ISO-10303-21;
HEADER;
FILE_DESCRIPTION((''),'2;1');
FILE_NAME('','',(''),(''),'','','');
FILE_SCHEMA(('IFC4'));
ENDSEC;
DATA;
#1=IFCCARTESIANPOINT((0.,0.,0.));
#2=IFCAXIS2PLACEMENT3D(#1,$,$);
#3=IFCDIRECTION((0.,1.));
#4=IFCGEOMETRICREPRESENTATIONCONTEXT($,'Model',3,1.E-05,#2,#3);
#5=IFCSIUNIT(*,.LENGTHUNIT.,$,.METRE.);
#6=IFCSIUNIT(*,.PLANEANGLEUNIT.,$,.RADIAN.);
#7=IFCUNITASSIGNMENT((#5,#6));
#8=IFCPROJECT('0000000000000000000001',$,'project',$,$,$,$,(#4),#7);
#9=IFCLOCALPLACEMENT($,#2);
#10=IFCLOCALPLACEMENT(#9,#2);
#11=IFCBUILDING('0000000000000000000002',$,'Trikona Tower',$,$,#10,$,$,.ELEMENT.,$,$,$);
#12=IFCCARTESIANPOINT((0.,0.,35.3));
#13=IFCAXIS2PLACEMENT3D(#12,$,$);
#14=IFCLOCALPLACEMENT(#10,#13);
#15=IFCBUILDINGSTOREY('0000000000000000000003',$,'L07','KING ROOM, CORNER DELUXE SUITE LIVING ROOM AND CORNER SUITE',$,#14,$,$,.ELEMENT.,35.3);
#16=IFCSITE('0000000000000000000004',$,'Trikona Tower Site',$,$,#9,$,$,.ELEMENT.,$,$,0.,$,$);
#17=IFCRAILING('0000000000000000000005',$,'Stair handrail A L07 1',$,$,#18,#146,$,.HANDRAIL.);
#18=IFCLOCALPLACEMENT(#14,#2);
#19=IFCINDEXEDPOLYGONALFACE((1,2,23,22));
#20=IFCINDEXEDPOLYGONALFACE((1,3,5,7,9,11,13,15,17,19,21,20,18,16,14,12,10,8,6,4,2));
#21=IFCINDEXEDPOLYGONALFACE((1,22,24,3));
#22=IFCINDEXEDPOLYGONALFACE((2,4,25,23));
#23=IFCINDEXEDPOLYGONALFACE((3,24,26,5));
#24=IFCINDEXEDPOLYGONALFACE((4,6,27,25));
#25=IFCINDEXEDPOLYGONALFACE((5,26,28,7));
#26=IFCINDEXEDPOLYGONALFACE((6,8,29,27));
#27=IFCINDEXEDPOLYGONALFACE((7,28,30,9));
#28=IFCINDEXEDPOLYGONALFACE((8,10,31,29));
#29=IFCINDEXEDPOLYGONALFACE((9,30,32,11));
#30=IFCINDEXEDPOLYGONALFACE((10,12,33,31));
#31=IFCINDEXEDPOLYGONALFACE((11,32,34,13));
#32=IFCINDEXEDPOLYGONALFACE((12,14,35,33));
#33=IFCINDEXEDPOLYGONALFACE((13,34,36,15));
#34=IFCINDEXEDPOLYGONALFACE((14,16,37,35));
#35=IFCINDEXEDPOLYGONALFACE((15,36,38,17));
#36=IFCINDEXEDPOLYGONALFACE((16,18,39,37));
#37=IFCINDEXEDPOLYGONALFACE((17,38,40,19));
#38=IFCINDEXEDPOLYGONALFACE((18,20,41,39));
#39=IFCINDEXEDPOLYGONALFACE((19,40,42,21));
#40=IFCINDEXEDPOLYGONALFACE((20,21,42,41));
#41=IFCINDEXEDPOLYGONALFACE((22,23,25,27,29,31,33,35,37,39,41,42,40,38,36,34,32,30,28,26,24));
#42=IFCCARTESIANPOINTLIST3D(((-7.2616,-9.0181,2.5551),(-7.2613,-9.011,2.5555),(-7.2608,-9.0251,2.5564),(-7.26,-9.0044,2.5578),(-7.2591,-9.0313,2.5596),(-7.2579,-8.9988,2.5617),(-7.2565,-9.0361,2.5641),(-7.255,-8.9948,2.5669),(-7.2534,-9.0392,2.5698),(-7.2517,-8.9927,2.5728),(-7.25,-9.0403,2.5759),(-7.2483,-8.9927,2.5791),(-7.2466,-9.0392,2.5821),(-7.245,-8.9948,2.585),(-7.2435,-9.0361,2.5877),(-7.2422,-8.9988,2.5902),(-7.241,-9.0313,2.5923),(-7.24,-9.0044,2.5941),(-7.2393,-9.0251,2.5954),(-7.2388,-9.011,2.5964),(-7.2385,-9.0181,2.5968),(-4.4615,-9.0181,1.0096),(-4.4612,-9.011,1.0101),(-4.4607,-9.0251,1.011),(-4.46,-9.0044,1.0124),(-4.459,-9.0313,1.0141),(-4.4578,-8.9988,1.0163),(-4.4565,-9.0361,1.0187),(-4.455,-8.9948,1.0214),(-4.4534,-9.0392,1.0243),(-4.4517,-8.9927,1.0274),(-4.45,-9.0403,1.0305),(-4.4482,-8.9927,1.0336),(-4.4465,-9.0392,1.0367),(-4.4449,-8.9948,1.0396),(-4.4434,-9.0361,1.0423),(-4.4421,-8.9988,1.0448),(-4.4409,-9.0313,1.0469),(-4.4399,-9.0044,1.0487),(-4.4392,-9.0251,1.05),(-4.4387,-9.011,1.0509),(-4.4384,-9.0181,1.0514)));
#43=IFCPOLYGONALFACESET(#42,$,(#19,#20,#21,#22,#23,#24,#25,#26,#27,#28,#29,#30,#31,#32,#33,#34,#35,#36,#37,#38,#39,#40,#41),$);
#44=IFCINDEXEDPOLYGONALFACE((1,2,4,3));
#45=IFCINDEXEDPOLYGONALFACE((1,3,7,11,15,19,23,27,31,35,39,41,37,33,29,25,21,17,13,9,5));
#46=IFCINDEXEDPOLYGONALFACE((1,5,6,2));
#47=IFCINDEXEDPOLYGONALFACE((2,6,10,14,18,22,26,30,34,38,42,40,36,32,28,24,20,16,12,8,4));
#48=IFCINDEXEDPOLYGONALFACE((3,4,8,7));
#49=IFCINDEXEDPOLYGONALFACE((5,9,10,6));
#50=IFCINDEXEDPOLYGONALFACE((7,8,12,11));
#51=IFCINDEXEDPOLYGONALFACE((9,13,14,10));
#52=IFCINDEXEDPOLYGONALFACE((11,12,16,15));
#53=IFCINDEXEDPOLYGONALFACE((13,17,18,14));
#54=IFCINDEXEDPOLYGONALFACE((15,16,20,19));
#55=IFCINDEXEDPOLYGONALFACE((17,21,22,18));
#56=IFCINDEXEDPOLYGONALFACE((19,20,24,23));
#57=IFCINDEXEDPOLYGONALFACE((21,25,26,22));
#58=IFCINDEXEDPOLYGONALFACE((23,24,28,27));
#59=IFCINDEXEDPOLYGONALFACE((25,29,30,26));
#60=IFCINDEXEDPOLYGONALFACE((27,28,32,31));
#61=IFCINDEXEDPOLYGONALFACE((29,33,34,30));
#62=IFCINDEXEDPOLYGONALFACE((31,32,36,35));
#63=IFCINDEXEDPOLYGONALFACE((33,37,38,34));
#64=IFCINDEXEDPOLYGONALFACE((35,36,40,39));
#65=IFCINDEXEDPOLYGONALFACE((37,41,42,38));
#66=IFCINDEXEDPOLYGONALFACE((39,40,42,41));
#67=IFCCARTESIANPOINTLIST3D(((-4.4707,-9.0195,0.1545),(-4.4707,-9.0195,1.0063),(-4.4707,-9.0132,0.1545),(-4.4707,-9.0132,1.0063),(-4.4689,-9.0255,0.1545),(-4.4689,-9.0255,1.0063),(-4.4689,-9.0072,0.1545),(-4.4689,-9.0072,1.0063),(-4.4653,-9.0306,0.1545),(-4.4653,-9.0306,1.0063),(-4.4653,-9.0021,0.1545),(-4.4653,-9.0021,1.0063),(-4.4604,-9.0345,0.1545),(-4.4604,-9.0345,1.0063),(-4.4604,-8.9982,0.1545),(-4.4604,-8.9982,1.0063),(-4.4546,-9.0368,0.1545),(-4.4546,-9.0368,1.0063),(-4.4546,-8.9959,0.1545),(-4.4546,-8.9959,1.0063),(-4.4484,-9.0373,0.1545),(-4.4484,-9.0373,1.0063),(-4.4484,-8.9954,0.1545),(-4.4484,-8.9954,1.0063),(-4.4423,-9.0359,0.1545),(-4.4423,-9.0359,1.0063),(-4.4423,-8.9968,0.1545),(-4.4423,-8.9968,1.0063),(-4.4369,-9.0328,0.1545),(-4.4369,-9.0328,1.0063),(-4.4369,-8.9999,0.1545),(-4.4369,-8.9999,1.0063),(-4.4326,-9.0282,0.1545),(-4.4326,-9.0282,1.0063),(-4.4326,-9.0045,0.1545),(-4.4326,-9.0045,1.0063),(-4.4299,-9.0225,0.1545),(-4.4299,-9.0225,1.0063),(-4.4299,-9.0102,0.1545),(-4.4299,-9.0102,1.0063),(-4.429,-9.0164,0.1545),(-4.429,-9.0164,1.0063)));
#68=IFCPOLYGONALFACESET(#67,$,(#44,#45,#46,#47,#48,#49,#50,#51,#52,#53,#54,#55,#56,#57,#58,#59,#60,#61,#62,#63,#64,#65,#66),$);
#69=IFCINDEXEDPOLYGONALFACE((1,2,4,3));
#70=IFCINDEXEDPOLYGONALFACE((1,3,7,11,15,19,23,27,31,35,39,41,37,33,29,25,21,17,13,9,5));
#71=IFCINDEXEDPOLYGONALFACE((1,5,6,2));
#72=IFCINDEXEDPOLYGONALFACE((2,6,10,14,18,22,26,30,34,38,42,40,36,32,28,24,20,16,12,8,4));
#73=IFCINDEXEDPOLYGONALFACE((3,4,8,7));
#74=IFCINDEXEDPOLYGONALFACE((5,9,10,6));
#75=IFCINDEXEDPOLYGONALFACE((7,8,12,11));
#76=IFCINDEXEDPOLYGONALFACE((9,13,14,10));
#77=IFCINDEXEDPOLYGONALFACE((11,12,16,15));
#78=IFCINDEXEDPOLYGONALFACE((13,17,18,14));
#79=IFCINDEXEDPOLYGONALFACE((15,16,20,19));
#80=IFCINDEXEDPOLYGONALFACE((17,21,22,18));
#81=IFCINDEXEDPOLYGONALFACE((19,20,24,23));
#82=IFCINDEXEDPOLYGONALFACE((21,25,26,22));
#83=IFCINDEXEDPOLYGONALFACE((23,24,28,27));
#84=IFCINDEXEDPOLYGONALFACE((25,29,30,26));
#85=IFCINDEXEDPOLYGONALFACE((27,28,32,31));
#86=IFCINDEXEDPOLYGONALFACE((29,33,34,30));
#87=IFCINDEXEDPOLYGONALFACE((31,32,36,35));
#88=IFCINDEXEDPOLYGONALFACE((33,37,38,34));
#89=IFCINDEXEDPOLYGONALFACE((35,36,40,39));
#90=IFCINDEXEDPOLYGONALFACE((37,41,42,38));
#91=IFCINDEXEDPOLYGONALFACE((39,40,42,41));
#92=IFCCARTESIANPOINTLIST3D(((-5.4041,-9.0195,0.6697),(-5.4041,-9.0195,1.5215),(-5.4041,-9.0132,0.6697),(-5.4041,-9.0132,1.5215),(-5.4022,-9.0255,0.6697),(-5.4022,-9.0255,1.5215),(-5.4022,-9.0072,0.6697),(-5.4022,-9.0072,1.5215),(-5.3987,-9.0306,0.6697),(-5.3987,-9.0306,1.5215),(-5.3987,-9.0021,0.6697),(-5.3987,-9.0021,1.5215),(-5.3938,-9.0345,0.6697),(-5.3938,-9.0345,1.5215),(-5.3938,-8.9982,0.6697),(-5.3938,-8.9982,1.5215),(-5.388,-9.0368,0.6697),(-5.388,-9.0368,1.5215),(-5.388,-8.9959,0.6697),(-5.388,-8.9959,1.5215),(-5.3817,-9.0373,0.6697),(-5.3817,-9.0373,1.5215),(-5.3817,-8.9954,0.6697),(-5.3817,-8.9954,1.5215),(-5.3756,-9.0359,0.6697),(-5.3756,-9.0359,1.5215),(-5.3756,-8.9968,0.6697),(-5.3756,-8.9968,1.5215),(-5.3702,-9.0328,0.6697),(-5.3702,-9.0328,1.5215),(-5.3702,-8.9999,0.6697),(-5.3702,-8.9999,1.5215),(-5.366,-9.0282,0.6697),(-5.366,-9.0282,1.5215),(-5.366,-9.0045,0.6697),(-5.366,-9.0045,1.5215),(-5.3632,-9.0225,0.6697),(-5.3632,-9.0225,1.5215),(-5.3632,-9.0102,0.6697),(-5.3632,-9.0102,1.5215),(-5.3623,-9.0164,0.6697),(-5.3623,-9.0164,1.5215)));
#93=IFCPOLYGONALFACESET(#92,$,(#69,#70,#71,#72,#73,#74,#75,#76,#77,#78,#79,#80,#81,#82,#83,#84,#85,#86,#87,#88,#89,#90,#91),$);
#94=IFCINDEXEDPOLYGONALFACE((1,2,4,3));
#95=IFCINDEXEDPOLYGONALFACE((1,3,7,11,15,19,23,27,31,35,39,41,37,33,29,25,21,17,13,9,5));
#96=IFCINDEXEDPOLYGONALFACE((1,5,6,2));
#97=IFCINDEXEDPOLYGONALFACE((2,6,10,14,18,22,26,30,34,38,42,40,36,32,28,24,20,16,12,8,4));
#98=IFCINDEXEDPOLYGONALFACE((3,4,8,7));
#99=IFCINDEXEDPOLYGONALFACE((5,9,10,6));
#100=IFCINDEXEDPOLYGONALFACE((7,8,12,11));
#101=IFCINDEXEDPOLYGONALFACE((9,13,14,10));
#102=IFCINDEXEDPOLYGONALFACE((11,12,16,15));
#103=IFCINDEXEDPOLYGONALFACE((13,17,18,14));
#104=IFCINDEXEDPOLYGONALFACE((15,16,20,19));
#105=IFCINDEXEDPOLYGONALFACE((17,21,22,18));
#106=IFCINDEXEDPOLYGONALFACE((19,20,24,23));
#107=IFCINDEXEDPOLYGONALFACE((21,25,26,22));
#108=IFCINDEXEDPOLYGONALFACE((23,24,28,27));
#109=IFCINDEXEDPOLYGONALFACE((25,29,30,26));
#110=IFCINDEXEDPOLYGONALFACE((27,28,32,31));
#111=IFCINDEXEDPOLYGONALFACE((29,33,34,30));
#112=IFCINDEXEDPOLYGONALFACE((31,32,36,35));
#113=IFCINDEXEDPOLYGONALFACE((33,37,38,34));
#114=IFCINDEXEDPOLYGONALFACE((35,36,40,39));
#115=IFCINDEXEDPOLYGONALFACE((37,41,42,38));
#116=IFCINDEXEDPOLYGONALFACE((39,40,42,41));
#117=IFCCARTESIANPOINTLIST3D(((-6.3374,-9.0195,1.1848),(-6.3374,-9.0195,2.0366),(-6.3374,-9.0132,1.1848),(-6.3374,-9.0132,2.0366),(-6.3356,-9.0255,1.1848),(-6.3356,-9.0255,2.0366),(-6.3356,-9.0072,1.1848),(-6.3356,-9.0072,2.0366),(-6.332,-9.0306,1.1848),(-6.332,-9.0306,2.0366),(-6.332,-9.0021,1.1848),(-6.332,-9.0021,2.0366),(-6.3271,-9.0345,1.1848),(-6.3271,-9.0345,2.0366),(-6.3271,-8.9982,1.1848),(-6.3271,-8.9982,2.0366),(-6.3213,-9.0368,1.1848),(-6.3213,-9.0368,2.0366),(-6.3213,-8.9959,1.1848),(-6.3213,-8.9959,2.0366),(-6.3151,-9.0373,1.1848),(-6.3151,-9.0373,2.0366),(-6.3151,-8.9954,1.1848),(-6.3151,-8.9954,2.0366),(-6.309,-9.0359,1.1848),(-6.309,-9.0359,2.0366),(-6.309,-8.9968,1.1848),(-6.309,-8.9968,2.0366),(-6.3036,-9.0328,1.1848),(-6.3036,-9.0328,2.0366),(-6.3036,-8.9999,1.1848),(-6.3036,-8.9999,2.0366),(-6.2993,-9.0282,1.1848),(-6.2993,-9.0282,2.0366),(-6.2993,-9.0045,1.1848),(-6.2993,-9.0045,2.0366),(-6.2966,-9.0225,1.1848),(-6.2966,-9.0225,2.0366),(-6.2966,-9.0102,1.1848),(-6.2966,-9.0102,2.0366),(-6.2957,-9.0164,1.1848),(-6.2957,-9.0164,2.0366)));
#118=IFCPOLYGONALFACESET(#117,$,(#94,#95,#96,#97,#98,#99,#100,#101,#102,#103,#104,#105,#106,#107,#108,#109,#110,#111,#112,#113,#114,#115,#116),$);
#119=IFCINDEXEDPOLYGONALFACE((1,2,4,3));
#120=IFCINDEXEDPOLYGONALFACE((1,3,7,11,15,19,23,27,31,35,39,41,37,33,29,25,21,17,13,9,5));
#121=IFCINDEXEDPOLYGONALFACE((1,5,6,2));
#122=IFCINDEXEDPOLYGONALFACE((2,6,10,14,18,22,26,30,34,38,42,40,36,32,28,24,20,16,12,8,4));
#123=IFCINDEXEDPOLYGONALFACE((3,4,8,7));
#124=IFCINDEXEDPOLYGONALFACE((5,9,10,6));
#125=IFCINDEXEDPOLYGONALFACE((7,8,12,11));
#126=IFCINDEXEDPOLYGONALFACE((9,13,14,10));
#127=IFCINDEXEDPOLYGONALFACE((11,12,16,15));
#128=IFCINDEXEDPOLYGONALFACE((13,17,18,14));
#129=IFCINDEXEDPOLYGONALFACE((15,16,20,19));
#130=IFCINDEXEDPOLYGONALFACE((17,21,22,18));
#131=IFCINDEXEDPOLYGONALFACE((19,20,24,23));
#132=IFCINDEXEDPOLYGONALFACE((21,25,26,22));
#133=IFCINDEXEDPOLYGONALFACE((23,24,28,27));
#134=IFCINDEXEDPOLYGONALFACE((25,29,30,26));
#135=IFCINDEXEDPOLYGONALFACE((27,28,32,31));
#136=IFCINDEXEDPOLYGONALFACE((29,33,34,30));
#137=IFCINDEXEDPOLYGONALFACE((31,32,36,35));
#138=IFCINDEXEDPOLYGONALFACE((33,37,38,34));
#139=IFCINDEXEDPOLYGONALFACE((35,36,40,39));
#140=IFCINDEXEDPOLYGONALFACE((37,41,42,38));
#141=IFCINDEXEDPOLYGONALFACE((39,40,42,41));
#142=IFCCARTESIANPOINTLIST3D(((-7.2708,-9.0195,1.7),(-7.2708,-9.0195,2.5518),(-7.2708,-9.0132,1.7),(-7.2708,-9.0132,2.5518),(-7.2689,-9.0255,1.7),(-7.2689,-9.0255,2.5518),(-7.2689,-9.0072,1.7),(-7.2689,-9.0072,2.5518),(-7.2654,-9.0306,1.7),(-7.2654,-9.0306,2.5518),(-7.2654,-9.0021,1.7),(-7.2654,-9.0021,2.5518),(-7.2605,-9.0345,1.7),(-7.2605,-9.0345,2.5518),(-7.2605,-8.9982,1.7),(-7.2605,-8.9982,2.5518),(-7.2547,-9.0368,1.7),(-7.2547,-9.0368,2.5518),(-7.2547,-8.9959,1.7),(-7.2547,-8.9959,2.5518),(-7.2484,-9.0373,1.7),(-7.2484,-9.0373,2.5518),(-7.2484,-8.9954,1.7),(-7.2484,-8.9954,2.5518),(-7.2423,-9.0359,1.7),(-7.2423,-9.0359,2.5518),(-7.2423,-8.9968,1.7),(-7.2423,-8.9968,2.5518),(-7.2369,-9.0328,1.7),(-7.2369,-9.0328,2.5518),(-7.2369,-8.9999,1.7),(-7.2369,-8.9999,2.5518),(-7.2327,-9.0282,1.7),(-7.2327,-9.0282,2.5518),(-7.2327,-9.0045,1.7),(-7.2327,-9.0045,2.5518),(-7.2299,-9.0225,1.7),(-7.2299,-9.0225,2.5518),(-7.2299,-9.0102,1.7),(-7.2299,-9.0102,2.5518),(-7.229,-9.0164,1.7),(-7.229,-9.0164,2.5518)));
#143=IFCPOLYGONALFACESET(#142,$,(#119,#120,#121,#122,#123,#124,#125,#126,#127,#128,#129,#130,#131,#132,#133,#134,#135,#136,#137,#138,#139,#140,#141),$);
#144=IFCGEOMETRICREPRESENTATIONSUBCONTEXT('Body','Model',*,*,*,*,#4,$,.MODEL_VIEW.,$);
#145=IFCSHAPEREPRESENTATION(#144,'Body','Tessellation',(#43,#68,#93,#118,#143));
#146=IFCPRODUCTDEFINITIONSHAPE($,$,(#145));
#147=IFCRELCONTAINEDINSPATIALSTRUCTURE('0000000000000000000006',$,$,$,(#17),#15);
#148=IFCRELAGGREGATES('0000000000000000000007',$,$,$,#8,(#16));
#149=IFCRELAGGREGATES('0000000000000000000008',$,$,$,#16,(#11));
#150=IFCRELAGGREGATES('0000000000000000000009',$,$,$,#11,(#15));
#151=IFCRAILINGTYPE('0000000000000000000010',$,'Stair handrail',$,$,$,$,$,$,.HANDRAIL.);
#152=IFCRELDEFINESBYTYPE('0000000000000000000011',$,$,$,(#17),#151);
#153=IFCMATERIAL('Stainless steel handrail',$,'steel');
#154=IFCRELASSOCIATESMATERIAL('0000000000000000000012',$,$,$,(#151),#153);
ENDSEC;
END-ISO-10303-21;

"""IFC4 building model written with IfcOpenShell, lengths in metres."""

from ifc_helpers import new_model, si_unit, direction, frame, origin, origin_2d, place, context, subcontext, project, spatial, circle, extrude, material, type_object, element, save


model = new_model("IFC4")

# Units and contexts
model_context = context("Model", 3, precision=1e-05, world=origin(), true_north=direction((0.0, 1.0)))
body_context = subcontext(model_context, "Body", "Model", "MODEL_VIEW")
ifc_project = project(units=[si_unit("LENGTHUNIT", "METRE"), si_unit("PLANEANGLEUNIT", "RADIAN")], contexts=[model_context])

# Site, building, storey
site_placement = place(None, origin())
site = spatial("IfcSite", under=ifc_project, at=site_placement, Name="Trikona Tower Site", CompositionType="ELEMENT", RefElevation=0.0)
building_placement = place(site_placement, origin())
building = spatial("IfcBuilding", under=site, at=building_placement, Name="Trikona Tower", CompositionType="ELEMENT")
storey_placement = place(building_placement, frame((0.0, 0.0, 35.3)))
storey = spatial("IfcBuildingStorey", under=building, at=storey_placement, Name="L07", Description="KING ROOM, CORNER DELUXE SUITE LIVING ROOM AND CORNER SUITE", CompositionType="ELEMENT", Elevation=35.3)

# Railing
ifc_material_1 = material(Name="Stainless steel handrail", Category="steel")
railing_type = type_object("IfcRailingType", Name="Stair handrail", PredefinedType="HANDRAIL", material=ifc_material_1)
railing_placement = place(storey_placement, frame((-4.45, -9.0164, 0.1545)))
element("IfcRailing", 1, at=railing_placement, inside=storey, type_object=railing_type, Name="Stair handrail A L07 1", PredefinedType="HANDRAIL", context=body_context, shape_type="SweptSolid", body=[
    extrude(circle(Radius=0.0239, at=origin_2d()), frame((0.0, 0.0, 0.876), z_axis=(-0.875504, 0.0, 0.483211), x_axis=(0.0, -1.0, 0.0)), (0.0, 0.0, 1.0), 3.1982),
    extrude(circle(Radius=0.021, at=origin_2d()), origin(), (0.0, 0.0, 1.0), 0.8518),
    extrude(circle(Radius=0.021, at=origin_2d()), frame((-0.9333, 0.0, 0.5151)), (0.0, 0.0, 1.0), 0.8518),
    extrude(circle(Radius=0.021, at=origin_2d()), frame((-1.8667, 0.0, 1.0303)), (0.0, 0.0, 1.0), 0.8518),
    extrude(circle(Radius=0.021, at=origin_2d()), frame((-2.8, 0.0, 1.5454)), (0.0, 0.0, 1.0), 0.8518),
])

save(model, "model.ifc")
